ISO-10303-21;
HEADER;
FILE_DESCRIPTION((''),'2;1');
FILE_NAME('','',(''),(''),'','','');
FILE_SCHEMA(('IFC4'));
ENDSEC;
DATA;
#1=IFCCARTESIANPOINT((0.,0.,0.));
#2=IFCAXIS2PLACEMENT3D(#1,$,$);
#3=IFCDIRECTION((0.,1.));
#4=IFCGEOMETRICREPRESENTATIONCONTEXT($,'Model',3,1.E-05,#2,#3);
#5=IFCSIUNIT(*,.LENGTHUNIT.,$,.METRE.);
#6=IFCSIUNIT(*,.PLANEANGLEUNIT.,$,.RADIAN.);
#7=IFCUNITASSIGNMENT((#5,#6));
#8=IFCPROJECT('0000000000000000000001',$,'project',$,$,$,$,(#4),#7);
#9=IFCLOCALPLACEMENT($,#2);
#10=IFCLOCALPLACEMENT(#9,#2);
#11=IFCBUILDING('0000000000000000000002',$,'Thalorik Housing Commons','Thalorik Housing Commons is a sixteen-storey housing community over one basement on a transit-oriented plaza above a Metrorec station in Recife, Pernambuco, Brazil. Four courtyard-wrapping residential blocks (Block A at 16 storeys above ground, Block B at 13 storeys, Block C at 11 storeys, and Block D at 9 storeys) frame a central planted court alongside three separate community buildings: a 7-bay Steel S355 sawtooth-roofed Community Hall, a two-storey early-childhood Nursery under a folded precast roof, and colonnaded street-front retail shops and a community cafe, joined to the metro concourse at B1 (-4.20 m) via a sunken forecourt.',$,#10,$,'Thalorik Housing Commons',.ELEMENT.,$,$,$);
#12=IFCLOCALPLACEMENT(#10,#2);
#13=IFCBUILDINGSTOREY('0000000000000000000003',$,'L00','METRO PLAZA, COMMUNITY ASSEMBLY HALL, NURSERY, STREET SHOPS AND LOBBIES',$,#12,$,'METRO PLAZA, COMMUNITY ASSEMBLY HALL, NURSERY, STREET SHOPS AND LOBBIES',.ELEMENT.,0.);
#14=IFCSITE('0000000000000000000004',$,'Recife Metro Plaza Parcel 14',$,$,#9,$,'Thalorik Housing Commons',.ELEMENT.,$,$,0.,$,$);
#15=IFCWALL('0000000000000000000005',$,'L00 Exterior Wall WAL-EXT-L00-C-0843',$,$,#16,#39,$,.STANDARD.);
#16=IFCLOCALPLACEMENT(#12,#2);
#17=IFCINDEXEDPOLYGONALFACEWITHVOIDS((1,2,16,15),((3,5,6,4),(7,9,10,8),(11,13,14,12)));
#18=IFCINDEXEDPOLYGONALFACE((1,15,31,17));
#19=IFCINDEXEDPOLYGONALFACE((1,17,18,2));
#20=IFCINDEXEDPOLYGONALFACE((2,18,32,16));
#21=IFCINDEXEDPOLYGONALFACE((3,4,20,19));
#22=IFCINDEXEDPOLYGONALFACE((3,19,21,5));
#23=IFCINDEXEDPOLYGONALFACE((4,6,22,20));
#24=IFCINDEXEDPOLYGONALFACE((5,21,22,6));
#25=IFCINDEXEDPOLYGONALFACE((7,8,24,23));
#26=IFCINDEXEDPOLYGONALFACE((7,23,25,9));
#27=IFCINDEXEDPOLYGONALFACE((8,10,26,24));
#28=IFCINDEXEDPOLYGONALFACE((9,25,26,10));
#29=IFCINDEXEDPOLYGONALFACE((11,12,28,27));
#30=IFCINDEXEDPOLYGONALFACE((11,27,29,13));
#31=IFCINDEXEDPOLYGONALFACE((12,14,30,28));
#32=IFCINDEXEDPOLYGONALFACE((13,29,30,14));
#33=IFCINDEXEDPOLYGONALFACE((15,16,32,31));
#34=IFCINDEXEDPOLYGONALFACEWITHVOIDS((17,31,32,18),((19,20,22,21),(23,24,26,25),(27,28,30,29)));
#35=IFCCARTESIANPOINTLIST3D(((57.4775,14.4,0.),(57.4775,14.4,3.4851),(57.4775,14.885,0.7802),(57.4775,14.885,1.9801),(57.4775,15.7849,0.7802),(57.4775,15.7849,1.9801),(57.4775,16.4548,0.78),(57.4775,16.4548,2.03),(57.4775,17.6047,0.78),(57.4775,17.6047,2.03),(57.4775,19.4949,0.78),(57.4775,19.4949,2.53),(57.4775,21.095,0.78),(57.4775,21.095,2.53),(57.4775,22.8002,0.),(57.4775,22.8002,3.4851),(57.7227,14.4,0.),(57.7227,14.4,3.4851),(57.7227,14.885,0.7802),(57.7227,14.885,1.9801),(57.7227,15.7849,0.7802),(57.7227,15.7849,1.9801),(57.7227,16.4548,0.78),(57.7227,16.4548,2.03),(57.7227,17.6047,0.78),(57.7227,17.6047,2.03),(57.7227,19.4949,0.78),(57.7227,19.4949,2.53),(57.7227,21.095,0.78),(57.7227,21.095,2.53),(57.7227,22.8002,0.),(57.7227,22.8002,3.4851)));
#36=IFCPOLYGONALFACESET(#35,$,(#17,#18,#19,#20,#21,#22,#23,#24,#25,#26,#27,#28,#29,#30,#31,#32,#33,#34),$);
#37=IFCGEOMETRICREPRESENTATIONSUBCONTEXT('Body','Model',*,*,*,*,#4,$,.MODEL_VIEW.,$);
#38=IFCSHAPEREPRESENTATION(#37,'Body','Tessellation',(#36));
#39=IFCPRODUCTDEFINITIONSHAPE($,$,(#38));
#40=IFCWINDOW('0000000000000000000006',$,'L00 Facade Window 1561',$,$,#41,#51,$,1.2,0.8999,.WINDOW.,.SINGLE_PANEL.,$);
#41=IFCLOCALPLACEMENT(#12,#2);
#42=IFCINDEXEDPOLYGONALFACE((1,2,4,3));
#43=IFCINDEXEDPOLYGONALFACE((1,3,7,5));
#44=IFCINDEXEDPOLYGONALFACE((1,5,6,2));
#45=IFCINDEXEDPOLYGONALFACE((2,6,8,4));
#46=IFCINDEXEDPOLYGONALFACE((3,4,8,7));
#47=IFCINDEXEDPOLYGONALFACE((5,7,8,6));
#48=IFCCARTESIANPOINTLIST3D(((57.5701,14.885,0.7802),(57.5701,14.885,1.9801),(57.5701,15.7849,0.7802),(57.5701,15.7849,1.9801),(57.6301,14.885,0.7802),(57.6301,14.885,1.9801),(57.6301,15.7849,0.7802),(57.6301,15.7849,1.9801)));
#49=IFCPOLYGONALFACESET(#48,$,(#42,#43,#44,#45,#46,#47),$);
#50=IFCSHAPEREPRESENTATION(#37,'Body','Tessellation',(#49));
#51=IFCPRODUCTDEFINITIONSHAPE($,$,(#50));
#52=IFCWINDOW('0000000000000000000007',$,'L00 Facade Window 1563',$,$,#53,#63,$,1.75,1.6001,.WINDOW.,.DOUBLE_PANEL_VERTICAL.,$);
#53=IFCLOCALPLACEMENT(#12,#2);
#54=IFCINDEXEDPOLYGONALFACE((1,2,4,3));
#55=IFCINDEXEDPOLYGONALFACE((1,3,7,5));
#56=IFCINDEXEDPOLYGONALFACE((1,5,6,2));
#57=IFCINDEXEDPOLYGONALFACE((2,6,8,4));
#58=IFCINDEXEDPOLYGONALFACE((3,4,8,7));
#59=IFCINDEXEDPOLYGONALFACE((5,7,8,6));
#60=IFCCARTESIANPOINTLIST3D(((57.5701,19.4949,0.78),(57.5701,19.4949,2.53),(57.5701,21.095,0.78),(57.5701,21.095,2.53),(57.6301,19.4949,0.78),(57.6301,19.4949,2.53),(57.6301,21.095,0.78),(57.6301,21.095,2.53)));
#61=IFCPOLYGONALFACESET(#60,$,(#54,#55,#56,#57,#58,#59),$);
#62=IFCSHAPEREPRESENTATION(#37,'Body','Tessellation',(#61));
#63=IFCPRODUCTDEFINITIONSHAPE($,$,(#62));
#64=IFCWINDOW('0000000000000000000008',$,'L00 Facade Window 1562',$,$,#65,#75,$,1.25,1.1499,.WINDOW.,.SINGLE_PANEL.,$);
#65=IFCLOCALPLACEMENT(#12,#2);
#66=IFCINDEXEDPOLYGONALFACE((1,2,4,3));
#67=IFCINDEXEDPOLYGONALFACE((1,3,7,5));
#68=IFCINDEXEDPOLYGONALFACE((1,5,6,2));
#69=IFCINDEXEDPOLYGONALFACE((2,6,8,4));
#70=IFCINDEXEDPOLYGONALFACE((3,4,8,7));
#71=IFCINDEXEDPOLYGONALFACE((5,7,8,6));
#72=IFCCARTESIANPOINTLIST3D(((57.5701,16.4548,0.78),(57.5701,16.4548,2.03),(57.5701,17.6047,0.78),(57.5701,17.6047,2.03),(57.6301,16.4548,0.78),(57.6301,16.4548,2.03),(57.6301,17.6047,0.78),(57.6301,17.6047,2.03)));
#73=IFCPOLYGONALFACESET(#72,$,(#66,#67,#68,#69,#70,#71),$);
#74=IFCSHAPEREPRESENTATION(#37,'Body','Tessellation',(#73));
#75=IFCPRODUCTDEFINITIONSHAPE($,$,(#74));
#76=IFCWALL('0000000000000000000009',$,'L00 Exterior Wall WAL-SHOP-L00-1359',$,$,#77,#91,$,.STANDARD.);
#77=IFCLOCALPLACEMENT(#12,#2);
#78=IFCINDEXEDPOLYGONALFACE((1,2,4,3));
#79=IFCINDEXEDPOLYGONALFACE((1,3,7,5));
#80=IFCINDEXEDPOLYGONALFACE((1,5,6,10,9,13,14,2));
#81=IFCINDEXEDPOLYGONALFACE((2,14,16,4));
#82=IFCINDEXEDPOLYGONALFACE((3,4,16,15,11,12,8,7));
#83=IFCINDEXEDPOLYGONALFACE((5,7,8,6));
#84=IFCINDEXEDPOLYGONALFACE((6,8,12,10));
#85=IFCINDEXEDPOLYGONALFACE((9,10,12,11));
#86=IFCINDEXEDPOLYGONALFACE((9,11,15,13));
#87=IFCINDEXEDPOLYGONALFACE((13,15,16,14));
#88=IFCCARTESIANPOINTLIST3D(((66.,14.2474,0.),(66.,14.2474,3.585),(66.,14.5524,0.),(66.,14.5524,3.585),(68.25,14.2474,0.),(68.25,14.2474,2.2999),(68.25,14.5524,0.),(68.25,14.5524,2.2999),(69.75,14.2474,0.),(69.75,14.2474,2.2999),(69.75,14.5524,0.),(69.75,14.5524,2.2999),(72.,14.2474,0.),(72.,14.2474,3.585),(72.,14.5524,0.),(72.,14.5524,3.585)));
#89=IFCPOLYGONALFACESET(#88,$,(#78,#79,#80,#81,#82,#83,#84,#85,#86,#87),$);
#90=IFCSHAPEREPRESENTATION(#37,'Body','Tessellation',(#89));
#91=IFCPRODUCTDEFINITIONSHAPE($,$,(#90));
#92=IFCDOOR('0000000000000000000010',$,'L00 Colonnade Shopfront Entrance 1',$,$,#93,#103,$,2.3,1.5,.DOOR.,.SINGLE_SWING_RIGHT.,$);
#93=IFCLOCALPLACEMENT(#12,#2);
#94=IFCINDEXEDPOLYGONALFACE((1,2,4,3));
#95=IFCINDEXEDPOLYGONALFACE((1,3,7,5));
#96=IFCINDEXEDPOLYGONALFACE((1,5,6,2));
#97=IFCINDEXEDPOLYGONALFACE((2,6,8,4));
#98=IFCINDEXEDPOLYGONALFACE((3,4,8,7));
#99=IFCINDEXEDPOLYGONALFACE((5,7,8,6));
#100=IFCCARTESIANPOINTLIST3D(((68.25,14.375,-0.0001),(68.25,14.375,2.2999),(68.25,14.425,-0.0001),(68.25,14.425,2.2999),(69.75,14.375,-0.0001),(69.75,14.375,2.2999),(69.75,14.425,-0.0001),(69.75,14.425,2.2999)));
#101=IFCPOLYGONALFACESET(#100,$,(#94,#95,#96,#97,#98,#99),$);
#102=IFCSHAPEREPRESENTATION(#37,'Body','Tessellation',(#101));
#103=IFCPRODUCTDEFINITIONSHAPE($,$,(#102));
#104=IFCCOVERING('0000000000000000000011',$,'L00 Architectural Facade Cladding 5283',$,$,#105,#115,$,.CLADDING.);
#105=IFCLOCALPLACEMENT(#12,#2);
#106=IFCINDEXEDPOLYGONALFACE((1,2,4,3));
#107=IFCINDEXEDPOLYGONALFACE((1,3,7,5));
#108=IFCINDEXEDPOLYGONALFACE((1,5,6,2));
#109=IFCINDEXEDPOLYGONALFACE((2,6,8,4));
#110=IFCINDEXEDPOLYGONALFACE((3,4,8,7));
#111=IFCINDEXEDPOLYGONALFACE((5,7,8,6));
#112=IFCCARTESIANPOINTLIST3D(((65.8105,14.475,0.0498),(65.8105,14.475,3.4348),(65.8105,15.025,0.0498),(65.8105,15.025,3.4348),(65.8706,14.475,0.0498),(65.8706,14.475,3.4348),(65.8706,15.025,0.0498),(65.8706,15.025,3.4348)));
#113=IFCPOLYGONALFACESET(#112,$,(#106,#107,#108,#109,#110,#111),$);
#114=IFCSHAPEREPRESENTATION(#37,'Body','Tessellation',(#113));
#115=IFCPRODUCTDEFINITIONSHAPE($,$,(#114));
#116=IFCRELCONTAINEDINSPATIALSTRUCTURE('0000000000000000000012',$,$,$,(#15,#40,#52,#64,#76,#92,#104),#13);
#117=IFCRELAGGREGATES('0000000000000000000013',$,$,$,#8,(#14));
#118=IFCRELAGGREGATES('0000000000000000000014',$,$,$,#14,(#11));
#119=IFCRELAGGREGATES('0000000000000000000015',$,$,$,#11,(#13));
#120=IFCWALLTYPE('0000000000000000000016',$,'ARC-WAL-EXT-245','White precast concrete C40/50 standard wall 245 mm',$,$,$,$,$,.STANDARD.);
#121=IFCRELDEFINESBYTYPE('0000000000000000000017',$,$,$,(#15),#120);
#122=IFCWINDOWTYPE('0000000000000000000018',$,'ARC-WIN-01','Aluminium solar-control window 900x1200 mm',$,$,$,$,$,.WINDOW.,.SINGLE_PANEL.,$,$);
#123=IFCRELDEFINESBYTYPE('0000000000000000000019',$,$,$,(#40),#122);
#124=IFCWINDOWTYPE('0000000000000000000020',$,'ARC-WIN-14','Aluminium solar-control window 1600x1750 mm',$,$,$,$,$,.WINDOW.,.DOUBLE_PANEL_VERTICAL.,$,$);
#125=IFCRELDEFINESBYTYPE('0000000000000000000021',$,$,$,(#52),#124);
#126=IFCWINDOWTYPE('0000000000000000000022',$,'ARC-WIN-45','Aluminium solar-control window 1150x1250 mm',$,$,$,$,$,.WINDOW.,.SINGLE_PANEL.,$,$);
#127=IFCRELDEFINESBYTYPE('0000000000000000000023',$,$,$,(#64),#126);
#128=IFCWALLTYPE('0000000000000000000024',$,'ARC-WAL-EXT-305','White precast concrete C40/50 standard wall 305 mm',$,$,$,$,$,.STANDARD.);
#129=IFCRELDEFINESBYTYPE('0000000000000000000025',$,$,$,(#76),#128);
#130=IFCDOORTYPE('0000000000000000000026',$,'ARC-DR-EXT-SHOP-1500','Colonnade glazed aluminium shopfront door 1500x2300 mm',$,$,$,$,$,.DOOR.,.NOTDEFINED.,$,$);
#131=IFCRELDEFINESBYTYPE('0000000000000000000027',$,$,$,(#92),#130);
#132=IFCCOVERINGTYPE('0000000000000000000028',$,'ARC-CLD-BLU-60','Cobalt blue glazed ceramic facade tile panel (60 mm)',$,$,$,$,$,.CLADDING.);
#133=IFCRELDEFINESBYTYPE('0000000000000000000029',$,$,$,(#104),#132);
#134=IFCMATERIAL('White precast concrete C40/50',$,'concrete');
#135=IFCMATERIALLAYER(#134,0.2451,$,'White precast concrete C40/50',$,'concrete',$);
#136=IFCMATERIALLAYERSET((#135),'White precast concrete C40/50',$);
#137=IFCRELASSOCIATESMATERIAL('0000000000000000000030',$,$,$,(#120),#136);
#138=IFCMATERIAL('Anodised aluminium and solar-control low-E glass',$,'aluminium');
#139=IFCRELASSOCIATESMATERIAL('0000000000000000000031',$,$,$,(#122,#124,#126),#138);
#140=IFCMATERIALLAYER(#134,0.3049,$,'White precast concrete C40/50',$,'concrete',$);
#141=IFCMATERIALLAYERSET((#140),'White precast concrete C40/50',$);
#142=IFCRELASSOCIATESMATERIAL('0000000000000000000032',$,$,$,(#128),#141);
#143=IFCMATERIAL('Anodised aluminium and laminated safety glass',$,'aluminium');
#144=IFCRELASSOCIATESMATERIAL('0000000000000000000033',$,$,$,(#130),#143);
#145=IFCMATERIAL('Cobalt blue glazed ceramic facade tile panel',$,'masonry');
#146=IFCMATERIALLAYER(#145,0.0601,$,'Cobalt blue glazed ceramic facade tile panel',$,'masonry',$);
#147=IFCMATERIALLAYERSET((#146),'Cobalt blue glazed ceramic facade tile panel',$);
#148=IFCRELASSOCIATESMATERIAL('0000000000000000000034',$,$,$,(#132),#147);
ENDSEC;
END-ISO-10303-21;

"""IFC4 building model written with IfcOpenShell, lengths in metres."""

from ifc_helpers import new_model, si_unit, direction, frame, frame_2d, origin, origin_2d, place, context, subcontext, project, spatial, rectangle, extrude, material, layer, layer_set, type_object, element, fill, save


model = new_model("IFC4")

# Units and contexts
model_context = context("Model", 3, precision=1e-05, world=origin(), true_north=direction((0.0, 1.0)))
body_context = subcontext(model_context, "Body", "Model", "MODEL_VIEW")
ifc_project = project(units=[si_unit("LENGTHUNIT", "METRE"), si_unit("PLANEANGLEUNIT", "RADIAN")], contexts=[model_context])

# Site, building, storey
site_placement = place(None, origin())
site = spatial("IfcSite", under=ifc_project, at=site_placement, Name="Recife Metro Plaza Parcel 14", LongName="Thalorik Housing Commons", CompositionType="ELEMENT", RefElevation=0.0)
building_placement = place(site_placement, origin())
building = spatial("IfcBuilding", under=site, at=building_placement, Name="Thalorik Housing Commons", Description="Thalorik Housing Commons is a sixteen-storey housing community over one basement on a transit-oriented plaza above a Metrorec station in Recife, Pernambuco, Brazil. Four courtyard-wrapping residential blocks (Block A at 16 storeys above ground, Block B at 13 storeys, Block C at 11 storeys, and Block D at 9 storeys) frame a central planted court alongside three separate community buildings: a 7-bay Steel S355 sawtooth-roofed Community Hall, a two-storey early-childhood Nursery under a folded precast roof, and colonnaded street-front retail shops and a community cafe, joined to the metro concourse at B1 (-4.20 m) via a sunken forecourt.", LongName="Thalorik Housing Commons", CompositionType="ELEMENT")
storey_placement = place(building_placement, origin())
storey = spatial("IfcBuildingStorey", under=building, at=storey_placement, Name="L00", Description="METRO PLAZA, COMMUNITY ASSEMBLY HALL, NURSERY, STREET SHOPS AND LOBBIES", LongName="METRO PLAZA, COMMUNITY ASSEMBLY HALL, NURSERY, STREET SHOPS AND LOBBIES", CompositionType="ELEMENT", Elevation=0.0)

# Wall, openings, windows
ifc_material_1 = material(Name="White precast concrete C40/50", Category="concrete")
ifc_layer_1 = layer(ifc_material_1, 0.2451, Name="White precast concrete C40/50", Category="concrete")
ifc_layer_set_1 = layer_set([ifc_layer_1], Name="White precast concrete C40/50")
wall_type_1 = type_object("IfcWallType", Name="ARC-WAL-EXT-245", Description="White precast concrete C40/50 standard wall 245 mm", PredefinedType="STANDARD", material=ifc_layer_set_1)
ifc_material_2 = material(Name="Anodised aluminium and solar-control low-E glass", Category="aluminium")
wall_1_placement = place(storey_placement, frame((57.6001, 14.3999, 0.0), z_axis=(0.0, 0.0, 1.0), x_axis=(0.0, 1.0, 0.0)))
wall_1 = element("IfcWall", 1, at=wall_1_placement, inside=storey, type_object=wall_type_1, Name="L00 Exterior Wall WAL-EXT-L00-C-0843", PredefinedType="STANDARD", context=body_context, shape_type="SweptSolid", body=[
    extrude(rectangle(XDim=8.4001, YDim=0.2451, at=frame_2d((4.2002, 0.0))), origin(), (0.0, 0.0, 1.0), 3.4851),
])
opening_1_placement = place(wall_1_placement, frame((0.4851, 0.0, 0.78)))
opening_1 = element("IfcOpeningElement", 2, at=opening_1_placement, cuts=wall_1, PredefinedType="OPENING", context=body_context, shape_type="SweptSolid", body=[
    extrude(rectangle(XDim=0.8999, YDim=1.2, at=frame_2d((0.45, 0.6001))), frame((0.0, 0.1326, 0.0), z_axis=(0.0, -1.0, 0.0), x_axis=(1.0, 0.0, 0.0)), (0.0, 0.0, 1.0), 0.2651),
])
opening_2_placement = place(wall_1_placement, frame((2.0549, 0.0, 0.78)))
opening_2 = element("IfcOpeningElement", 3, at=opening_2_placement, cuts=wall_1, PredefinedType="OPENING", context=body_context, shape_type="SweptSolid", body=[
    extrude(rectangle(XDim=1.1499, YDim=1.25, at=frame_2d((0.575, 0.625))), frame((0.0, 0.1326, 0.0), z_axis=(0.0, -1.0, 0.0), x_axis=(1.0, 0.0, 0.0)), (0.0, 0.0, 1.0), 0.2651),
])
opening_3_placement = place(wall_1_placement, frame((5.095, 0.0, 0.78)))
opening_3 = element("IfcOpeningElement", 4, at=opening_3_placement, cuts=wall_1, PredefinedType="OPENING", context=body_context, shape_type="SweptSolid", body=[
    extrude(rectangle(XDim=1.6001, YDim=1.75, at=frame_2d((0.8, 0.875))), frame((0.0, 0.1326, 0.0), z_axis=(0.0, -1.0, 0.0), x_axis=(1.0, 0.0, 0.0)), (0.0, 0.0, 1.0), 0.2651),
])
window_type_1 = type_object("IfcWindowType", Name="ARC-WIN-01", Description="Aluminium solar-control window 900x1200 mm", PartitioningType="SINGLE_PANEL", PredefinedType="WINDOW", material=ifc_material_2)
window_1_placement = place(opening_1_placement, origin())
window_1 = element("IfcWindow", 5, at=window_1_placement, inside=storey, type_object=window_type_1, Name="L00 Facade Window 1561", OverallHeight=1.2, OverallWidth=0.8999, PartitioningType="SINGLE_PANEL", PredefinedType="WINDOW", context=body_context, shape_type="SweptSolid", body=[
    extrude(rectangle(XDim=0.8999, YDim=1.2, at=frame_2d((0.45, 0.6001))), frame((0.0, 0.03, 0.0), z_axis=(0.0, -1.0, 0.0), x_axis=(1.0, 0.0, 0.0)), (0.0, 0.0, 1.0), 0.0601),
])
fill(opening_1, window_1)
window_type_2 = type_object("IfcWindowType", Name="ARC-WIN-14", Description="Aluminium solar-control window 1600x1750 mm", PartitioningType="DOUBLE_PANEL_VERTICAL", PredefinedType="WINDOW", material=ifc_material_2)
window_2_placement = place(opening_3_placement, origin())
window_2 = element("IfcWindow", 6, at=window_2_placement, inside=storey, type_object=window_type_2, Name="L00 Facade Window 1563", OverallHeight=1.75, OverallWidth=1.6001, PartitioningType="DOUBLE_PANEL_VERTICAL", PredefinedType="WINDOW", context=body_context, shape_type="SweptSolid", body=[
    extrude(rectangle(XDim=1.6001, YDim=1.75, at=frame_2d((0.8, 0.875))), frame((0.0, 0.03, 0.0), z_axis=(0.0, -1.0, 0.0), x_axis=(1.0, 0.0, 0.0)), (0.0, 0.0, 1.0), 0.0601),
])
fill(opening_3, window_2)
window_type_3 = type_object("IfcWindowType", Name="ARC-WIN-45", Description="Aluminium solar-control window 1150x1250 mm", PartitioningType="SINGLE_PANEL", PredefinedType="WINDOW", material=ifc_material_2)
window_3_placement = place(opening_2_placement, origin())
window_3 = element("IfcWindow", 7, at=window_3_placement, inside=storey, type_object=window_type_3, Name="L00 Facade Window 1562", OverallHeight=1.25, OverallWidth=1.1499, PartitioningType="SINGLE_PANEL", PredefinedType="WINDOW", context=body_context, shape_type="SweptSolid", body=[
    extrude(rectangle(XDim=1.1499, YDim=1.25, at=frame_2d((0.575, 0.625))), frame((0.0, 0.03, 0.0), z_axis=(0.0, -1.0, 0.0), x_axis=(1.0, 0.0, 0.0)), (0.0, 0.0, 1.0), 0.0601),
])
fill(opening_2, window_3)

# Wall, opening, door
ifc_layer_2 = layer(ifc_material_1, 0.3049, Name="White precast concrete C40/50", Category="concrete")
ifc_layer_set_2 = layer_set([ifc_layer_2], Name="White precast concrete C40/50")
wall_type_2 = type_object("IfcWallType", Name="ARC-WAL-EXT-305", Description="White precast concrete C40/50 standard wall 305 mm", PredefinedType="STANDARD", material=ifc_layer_set_2)
wall_2_placement = place(storey_placement, frame((66.0, 14.3999, 0.0), z_axis=(0.0, 0.0, 1.0), x_axis=(1.0, 0.0, 0.0)))
wall_2 = element("IfcWall", 8, at=wall_2_placement, inside=storey, type_object=wall_type_2, Name="L00 Exterior Wall WAL-SHOP-L00-1359", PredefinedType="STANDARD", context=body_context, shape_type="SweptSolid", body=[
    extrude(rectangle(XDim=6.0, YDim=0.3049, at=frame_2d((3.0, 0.0))), origin(), (0.0, 0.0, 1.0), 3.585),
])
opening_4_placement = place(wall_2_placement, frame((2.25, 0.0, 0.0)))
opening_4 = element("IfcOpeningElement", 9, at=opening_4_placement, cuts=wall_2, PredefinedType="OPENING", context=body_context, shape_type="SweptSolid", body=[
    extrude(rectangle(XDim=1.5, YDim=2.3, at=frame_2d((0.75, 1.1499))), frame((0.0, 0.1626, 0.0), z_axis=(0.0, -1.0, 0.0), x_axis=(1.0, 0.0, 0.0)), (0.0, 0.0, 1.0), 0.325),
])
ifc_material_3 = material(Name="Anodised aluminium and laminated safety glass", Category="aluminium")
door_type = type_object("IfcDoorType", Name="ARC-DR-EXT-SHOP-1500", Description="Colonnade glazed aluminium shopfront door 1500x2300 mm", OperationType="NOTDEFINED", PredefinedType="DOOR", material=ifc_material_3)
door_placement = place(opening_4_placement, frame((1.5, 0.0, 0.0), z_axis=(0.0, 0.0, 1.0), x_axis=(-1.0, 0.0, 0.0)))
door = element("IfcDoor", 10, at=door_placement, inside=storey, type_object=door_type, Name="L00 Colonnade Shopfront Entrance 1", OperationType="SINGLE_SWING_RIGHT", OverallHeight=2.3, OverallWidth=1.5, PredefinedType="DOOR", context=body_context, shape_type="SweptSolid", body=[
    extrude(rectangle(XDim=1.5, YDim=2.3, at=frame_2d((0.75, 1.1499))), frame((0.0, 0.0249, 0.0), z_axis=(0.0, -1.0, 0.0), x_axis=(1.0, 0.0, 0.0)), (0.0, 0.0, 1.0), 0.05),
])
fill(opening_4, door)

# Covering
ifc_material_4 = material(Name="Cobalt blue glazed ceramic facade tile panel", Category="masonry")
ifc_layer_3 = layer(ifc_material_4, 0.0601, Name="Cobalt blue glazed ceramic facade tile panel", Category="masonry")
ifc_layer_set_3 = layer_set([ifc_layer_3], Name="Cobalt blue glazed ceramic facade tile panel")
covering_type = type_object("IfcCoveringType", Name="ARC-CLD-BLU-60", Description="Cobalt blue glazed ceramic facade tile panel (60 mm)", PredefinedType="CLADDING", material=ifc_layer_set_3)
covering_placement = place(storey_placement, frame((65.8406, 14.75, 0.0498), z_axis=(0.0, 0.0, 1.0), x_axis=(0.0, -1.0, 0.0)))
element("IfcCovering", 11, at=covering_placement, inside=storey, type_object=covering_type, Name="L00 Architectural Facade Cladding 5283", PredefinedType="CLADDING", context=body_context, shape_type="SweptSolid", body=[
    extrude(rectangle(XDim=0.55, YDim=0.0601, at=origin_2d()), origin(), (0.0, 0.0, 1.0), 3.385),
])

save(model, "model.ifc")
